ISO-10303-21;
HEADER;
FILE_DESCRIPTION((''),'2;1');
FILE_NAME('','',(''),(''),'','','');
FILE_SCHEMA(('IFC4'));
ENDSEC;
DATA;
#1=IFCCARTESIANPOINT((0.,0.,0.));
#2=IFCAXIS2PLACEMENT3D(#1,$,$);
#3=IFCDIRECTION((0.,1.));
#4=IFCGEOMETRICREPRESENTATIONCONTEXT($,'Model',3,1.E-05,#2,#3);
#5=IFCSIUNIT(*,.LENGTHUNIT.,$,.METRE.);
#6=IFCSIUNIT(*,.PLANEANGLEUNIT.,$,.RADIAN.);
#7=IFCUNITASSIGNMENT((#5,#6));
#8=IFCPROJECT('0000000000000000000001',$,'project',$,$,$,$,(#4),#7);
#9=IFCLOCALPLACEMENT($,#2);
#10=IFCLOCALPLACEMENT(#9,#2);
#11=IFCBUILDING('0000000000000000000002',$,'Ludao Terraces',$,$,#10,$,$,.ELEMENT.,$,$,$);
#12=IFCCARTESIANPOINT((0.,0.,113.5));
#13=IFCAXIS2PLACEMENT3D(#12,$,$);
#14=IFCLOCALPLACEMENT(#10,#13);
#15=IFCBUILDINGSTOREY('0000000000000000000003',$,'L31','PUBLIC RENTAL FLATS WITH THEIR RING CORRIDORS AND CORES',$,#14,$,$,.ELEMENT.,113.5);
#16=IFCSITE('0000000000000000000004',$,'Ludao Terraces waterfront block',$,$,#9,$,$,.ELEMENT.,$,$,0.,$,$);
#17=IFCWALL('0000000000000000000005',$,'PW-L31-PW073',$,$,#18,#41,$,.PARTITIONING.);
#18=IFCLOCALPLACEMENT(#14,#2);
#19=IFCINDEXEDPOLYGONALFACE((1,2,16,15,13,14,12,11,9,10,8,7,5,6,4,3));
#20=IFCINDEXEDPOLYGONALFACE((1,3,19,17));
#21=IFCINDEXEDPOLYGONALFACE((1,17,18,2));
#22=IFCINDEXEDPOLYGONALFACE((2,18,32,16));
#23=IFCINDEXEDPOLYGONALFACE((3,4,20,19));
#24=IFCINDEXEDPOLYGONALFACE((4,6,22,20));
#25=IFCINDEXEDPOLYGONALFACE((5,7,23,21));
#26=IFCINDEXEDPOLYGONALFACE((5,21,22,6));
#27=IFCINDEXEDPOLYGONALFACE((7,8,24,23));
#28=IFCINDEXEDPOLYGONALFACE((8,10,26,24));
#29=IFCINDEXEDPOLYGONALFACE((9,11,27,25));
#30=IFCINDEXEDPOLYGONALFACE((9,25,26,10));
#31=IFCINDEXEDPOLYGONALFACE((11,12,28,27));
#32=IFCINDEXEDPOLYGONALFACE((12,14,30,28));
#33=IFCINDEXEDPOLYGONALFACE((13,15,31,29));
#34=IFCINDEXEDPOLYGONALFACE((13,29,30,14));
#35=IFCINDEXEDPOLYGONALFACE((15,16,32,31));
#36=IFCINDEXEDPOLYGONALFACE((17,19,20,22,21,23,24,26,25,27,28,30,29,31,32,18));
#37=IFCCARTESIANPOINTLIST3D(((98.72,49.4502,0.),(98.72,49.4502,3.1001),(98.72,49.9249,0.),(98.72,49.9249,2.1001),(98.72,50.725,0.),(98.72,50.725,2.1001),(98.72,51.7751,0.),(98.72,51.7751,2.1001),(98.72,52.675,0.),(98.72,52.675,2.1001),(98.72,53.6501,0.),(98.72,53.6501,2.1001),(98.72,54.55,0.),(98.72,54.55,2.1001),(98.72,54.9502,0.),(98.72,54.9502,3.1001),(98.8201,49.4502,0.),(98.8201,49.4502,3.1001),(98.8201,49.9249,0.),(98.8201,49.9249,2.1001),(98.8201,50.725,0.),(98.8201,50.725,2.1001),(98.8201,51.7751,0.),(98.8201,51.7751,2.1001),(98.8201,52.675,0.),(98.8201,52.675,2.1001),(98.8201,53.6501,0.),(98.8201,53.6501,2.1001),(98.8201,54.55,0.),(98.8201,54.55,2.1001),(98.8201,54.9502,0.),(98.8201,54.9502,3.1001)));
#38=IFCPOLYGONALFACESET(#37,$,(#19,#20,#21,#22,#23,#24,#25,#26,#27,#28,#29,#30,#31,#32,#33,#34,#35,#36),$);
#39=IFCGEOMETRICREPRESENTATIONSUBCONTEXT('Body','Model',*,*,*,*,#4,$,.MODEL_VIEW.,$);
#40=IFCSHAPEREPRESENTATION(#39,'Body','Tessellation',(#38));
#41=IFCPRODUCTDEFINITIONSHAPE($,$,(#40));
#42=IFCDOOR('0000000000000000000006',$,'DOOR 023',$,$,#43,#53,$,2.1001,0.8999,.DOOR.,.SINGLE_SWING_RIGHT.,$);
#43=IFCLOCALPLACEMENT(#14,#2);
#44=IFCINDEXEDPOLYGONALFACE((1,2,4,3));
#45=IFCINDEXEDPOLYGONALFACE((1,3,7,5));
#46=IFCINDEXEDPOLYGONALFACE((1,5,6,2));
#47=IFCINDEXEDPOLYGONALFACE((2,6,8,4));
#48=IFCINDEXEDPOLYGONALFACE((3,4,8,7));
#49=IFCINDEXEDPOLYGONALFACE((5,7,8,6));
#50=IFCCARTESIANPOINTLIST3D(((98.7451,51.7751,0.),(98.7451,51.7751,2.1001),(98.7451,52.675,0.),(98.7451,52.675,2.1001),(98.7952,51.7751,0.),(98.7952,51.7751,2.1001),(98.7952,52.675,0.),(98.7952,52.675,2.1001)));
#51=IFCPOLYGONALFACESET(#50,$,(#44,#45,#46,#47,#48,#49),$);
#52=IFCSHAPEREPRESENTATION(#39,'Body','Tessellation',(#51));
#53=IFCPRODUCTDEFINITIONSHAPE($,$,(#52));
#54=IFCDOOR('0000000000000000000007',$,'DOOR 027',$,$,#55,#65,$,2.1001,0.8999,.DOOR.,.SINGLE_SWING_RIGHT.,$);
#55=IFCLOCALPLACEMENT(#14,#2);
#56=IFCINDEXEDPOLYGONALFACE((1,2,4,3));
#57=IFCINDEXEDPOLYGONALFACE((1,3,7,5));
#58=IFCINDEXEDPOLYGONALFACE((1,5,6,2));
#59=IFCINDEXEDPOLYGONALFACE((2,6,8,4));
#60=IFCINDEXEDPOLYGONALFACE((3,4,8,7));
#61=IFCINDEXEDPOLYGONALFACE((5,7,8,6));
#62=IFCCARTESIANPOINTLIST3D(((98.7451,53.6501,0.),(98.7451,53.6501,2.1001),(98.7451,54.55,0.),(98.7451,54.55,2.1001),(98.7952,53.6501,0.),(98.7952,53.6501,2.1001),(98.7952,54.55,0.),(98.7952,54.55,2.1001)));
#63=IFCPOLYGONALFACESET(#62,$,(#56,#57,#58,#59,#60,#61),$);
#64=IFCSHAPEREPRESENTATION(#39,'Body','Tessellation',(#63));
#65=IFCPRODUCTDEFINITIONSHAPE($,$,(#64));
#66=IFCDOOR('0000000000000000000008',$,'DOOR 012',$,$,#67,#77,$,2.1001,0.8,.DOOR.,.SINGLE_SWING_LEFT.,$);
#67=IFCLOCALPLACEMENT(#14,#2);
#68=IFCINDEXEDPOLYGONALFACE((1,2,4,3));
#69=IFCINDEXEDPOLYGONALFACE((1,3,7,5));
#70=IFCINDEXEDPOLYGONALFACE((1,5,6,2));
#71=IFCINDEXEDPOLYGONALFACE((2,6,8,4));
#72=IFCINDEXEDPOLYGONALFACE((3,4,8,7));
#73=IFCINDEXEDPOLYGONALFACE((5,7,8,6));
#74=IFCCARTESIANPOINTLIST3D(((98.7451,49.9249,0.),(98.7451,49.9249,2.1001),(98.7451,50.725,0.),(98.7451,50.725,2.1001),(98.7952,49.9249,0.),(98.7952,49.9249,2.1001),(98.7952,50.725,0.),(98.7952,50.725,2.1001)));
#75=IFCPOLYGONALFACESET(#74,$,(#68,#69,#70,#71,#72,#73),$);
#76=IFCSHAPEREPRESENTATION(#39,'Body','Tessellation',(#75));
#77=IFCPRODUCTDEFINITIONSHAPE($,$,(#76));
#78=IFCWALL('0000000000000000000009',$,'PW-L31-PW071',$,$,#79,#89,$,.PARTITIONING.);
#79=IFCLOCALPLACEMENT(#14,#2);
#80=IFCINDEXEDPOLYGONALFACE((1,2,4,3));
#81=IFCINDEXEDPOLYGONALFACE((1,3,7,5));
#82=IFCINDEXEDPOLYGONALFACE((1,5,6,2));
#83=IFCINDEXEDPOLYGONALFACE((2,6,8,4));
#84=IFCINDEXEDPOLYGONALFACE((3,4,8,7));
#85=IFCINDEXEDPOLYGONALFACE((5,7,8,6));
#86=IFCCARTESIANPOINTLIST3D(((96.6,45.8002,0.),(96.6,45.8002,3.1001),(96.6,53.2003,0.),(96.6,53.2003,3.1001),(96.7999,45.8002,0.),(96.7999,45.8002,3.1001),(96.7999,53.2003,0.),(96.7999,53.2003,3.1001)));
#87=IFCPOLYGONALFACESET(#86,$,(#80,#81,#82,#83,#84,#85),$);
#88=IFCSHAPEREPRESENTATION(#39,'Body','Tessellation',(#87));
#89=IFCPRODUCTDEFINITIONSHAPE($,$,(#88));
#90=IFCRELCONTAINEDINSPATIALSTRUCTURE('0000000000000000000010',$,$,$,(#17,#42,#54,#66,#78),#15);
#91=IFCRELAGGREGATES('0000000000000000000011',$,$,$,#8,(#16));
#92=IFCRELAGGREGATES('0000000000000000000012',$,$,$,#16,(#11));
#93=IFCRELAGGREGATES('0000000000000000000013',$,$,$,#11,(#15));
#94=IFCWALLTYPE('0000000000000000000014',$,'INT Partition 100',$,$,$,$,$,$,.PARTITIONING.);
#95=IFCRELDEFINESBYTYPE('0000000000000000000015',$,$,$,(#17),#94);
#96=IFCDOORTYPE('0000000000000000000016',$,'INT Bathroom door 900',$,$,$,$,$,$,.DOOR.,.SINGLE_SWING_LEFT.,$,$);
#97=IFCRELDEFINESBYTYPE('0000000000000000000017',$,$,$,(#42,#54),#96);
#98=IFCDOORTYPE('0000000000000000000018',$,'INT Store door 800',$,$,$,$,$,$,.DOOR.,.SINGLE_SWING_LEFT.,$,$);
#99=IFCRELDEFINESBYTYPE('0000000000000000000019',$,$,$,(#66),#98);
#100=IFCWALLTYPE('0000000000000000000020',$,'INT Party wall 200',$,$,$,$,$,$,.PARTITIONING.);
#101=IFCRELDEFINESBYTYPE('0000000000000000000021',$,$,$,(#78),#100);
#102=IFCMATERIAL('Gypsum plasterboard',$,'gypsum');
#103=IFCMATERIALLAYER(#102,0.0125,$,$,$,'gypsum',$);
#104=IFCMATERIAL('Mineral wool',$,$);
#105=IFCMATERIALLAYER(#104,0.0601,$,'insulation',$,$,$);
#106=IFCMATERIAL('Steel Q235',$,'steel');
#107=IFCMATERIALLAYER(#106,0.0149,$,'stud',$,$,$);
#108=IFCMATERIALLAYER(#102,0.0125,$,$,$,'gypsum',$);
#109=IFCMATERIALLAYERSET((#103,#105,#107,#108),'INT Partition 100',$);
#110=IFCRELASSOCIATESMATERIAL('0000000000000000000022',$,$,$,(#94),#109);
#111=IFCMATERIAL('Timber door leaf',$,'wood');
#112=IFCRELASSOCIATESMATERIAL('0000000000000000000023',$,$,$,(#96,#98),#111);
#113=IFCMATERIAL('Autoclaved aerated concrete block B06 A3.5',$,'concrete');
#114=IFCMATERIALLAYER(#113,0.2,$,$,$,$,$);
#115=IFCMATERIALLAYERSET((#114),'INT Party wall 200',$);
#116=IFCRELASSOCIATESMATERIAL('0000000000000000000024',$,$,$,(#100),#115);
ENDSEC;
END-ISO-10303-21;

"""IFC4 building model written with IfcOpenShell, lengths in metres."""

from ifc_helpers import new_model, si_unit, direction, frame, frame_2d, origin, place, context, subcontext, project, spatial, rectangle, extrude, material, layer, layer_set, type_object, element, fill, save


model = new_model("IFC4")

# Units and contexts
model_context = context("Model", 3, precision=1e-05, world=origin(), true_north=direction((0.0, 1.0)))
body_context = subcontext(model_context, "Body", "Model", "MODEL_VIEW")
ifc_project = project(units=[si_unit("LENGTHUNIT", "METRE"), si_unit("PLANEANGLEUNIT", "RADIAN")], contexts=[model_context])

# Site, building, storey
site_placement = place(None, origin())
site = spatial("IfcSite", under=ifc_project, at=site_placement, Name="Ludao Terraces waterfront block", CompositionType="ELEMENT", RefElevation=0.0)
building_placement = place(site_placement, origin())
building = spatial("IfcBuilding", under=site, at=building_placement, Name="Ludao Terraces", CompositionType="ELEMENT")
storey_placement = place(building_placement, frame((0.0, 0.0, 113.5)))
storey = spatial("IfcBuildingStorey", under=building, at=storey_placement, Name="L31", Description="PUBLIC RENTAL FLATS WITH THEIR RING CORRIDORS AND CORES", CompositionType="ELEMENT", Elevation=113.5)

# Shared definitions
ifc_material_1 = material(Name="Mineral wool")

# Shared definitions
ifc_material_2 = material(Name="Gypsum plasterboard", Category="gypsum")
ifc_layer_1 = layer(ifc_material_2, 0.0125, Category="gypsum")
ifc_layer_2 = layer(ifc_material_1, 0.0601, Name="insulation")
ifc_material_3 = material(Name="Steel Q235", Category="steel")
ifc_layer_3 = layer(ifc_material_3, 0.0149, Name="stud")
ifc_layer_4 = layer(ifc_material_2, 0.0125, Category="gypsum")
ifc_layer_set_1 = layer_set([ifc_layer_1, ifc_layer_2, ifc_layer_3, ifc_layer_4], Name="INT Partition 100")
wall_type_1 = type_object("IfcWallType", Name="INT Partition 100", PredefinedType="PARTITIONING", material=ifc_layer_set_1)

# Wall, openings, doors
wall_1_placement = place(storey_placement, frame((98.77, 49.4502, 0.0), z_axis=(0.0, 0.0, 1.0), x_axis=(0.0, 1.0, 0.0)))
wall_1 = element("IfcWall", 1, at=wall_1_placement, inside=storey, type_object=wall_type_1, Name="PW-L31-PW073", PredefinedType="PARTITIONING", context=body_context, shape_type="SweptSolid", body=[
    extrude(rectangle(XDim=5.5, YDim=0.1001, at=frame_2d((2.75, 0.0))), origin(), (0.0, 0.0, 1.0), 3.1001),
])
opening_1_placement = place(wall_1_placement, frame((0.4749, 0.0, 0.0)))
opening_1 = element("IfcOpeningElement", 2, at=opening_1_placement, cuts=wall_1, PredefinedType="OPENING", context=body_context, shape_type="SweptSolid", body=[
    extrude(rectangle(XDim=0.8, YDim=2.1001, at=frame_2d((0.3999, 1.05))), frame((0.0, 0.0601, 0.0), z_axis=(0.0, -1.0, 0.0), x_axis=(1.0, 0.0, 0.0)), (0.0, 0.0, 1.0), 0.1201),
])
opening_2_placement = place(wall_1_placement, frame((2.325, 0.0, 0.0)))
opening_2 = element("IfcOpeningElement", 3, at=opening_2_placement, cuts=wall_1, PredefinedType="OPENING", context=body_context, shape_type="SweptSolid", body=[
    extrude(rectangle(XDim=0.8999, YDim=2.1001, at=frame_2d((0.45, 1.05))), frame((0.0, 0.0601, 0.0), z_axis=(0.0, -1.0, 0.0), x_axis=(1.0, 0.0, 0.0)), (0.0, 0.0, 1.0), 0.1201),
])
opening_3_placement = place(wall_1_placement, frame((4.2, 0.0, 0.0)))
opening_3 = element("IfcOpeningElement", 4, at=opening_3_placement, cuts=wall_1, PredefinedType="OPENING", context=body_context, shape_type="SweptSolid", body=[
    extrude(rectangle(XDim=0.8999, YDim=2.1001, at=frame_2d((0.45, 1.05))), frame((0.0, 0.0601, 0.0), z_axis=(0.0, -1.0, 0.0), x_axis=(1.0, 0.0, 0.0)), (0.0, 0.0, 1.0), 0.1201),
])
ifc_material_4 = material(Name="Timber door leaf", Category="wood")
door_type_1 = type_object("IfcDoorType", Name="INT Bathroom door 900", OperationType="SINGLE_SWING_LEFT", PredefinedType="DOOR", material=ifc_material_4)
door_1_placement = place(opening_2_placement, origin())
door_1 = element("IfcDoor", 5, at=door_1_placement, inside=storey, type_object=door_type_1, Name="DOOR 023", OperationType="SINGLE_SWING_RIGHT", OverallHeight=2.1001, OverallWidth=0.8999, PredefinedType="DOOR", context=body_context, shape_type="SweptSolid", body=[
    extrude(rectangle(XDim=0.8999, YDim=2.1001, at=frame_2d((0.45, 1.05))), frame((0.0, 0.0249, 0.0), z_axis=(0.0, -1.0, 0.0), x_axis=(1.0, 0.0, 0.0)), (0.0, 0.0, 1.0), 0.05),
])
fill(opening_2, door_1)
door_2_placement = place(opening_3_placement, origin())
door_2 = element("IfcDoor", 6, at=door_2_placement, inside=storey, type_object=door_type_1, Name="DOOR 027", OperationType="SINGLE_SWING_RIGHT", OverallHeight=2.1001, OverallWidth=0.8999, PredefinedType="DOOR", context=body_context, shape_type="SweptSolid", body=[
    extrude(rectangle(XDim=0.8999, YDim=2.1001, at=frame_2d((0.45, 1.05))), frame((0.0, 0.0249, 0.0), z_axis=(0.0, -1.0, 0.0), x_axis=(1.0, 0.0, 0.0)), (0.0, 0.0, 1.0), 0.05),
])
fill(opening_3, door_2)
door_type_2 = type_object("IfcDoorType", Name="INT Store door 800", OperationType="SINGLE_SWING_LEFT", PredefinedType="DOOR", material=ifc_material_4)
door_3_placement = place(opening_1_placement, origin())
door_3 = element("IfcDoor", 7, at=door_3_placement, inside=storey, type_object=door_type_2, Name="DOOR 012", OperationType="SINGLE_SWING_LEFT", OverallHeight=2.1001, OverallWidth=0.8, PredefinedType="DOOR", context=body_context, shape_type="SweptSolid", body=[
    extrude(rectangle(XDim=0.8, YDim=2.1001, at=frame_2d((0.3999, 1.05))), frame((0.0, 0.0249, 0.0), z_axis=(0.0, -1.0, 0.0), x_axis=(1.0, 0.0, 0.0)), (0.0, 0.0, 1.0), 0.05),
])
fill(opening_1, door_3)

# Wall
ifc_material_5 = material(Name="Autoclaved aerated concrete block B06 A3.5", Category="concrete")
ifc_layer_5 = layer(ifc_material_5, 0.2)
ifc_layer_set_2 = layer_set([ifc_layer_5], Name="INT Party wall 200")
wall_type_2 = type_object("IfcWallType", Name="INT Party wall 200", PredefinedType="PARTITIONING", material=ifc_layer_set_2)
wall_2_placement = place(storey_placement, frame((96.7, 45.8, 0.0), z_axis=(0.0, 0.0, 1.0), x_axis=(0.0, 1.0, 0.0)))
element("IfcWall", 8, at=wall_2_placement, inside=storey, type_object=wall_type_2, Name="PW-L31-PW071", PredefinedType="PARTITIONING", context=body_context, shape_type="SweptSolid", body=[
    extrude(rectangle(XDim=7.4001, YDim=0.2, at=frame_2d((3.7002, 0.0))), origin(), (0.0, 0.0, 1.0), 3.1001),
])

save(model, "model.ifc")
